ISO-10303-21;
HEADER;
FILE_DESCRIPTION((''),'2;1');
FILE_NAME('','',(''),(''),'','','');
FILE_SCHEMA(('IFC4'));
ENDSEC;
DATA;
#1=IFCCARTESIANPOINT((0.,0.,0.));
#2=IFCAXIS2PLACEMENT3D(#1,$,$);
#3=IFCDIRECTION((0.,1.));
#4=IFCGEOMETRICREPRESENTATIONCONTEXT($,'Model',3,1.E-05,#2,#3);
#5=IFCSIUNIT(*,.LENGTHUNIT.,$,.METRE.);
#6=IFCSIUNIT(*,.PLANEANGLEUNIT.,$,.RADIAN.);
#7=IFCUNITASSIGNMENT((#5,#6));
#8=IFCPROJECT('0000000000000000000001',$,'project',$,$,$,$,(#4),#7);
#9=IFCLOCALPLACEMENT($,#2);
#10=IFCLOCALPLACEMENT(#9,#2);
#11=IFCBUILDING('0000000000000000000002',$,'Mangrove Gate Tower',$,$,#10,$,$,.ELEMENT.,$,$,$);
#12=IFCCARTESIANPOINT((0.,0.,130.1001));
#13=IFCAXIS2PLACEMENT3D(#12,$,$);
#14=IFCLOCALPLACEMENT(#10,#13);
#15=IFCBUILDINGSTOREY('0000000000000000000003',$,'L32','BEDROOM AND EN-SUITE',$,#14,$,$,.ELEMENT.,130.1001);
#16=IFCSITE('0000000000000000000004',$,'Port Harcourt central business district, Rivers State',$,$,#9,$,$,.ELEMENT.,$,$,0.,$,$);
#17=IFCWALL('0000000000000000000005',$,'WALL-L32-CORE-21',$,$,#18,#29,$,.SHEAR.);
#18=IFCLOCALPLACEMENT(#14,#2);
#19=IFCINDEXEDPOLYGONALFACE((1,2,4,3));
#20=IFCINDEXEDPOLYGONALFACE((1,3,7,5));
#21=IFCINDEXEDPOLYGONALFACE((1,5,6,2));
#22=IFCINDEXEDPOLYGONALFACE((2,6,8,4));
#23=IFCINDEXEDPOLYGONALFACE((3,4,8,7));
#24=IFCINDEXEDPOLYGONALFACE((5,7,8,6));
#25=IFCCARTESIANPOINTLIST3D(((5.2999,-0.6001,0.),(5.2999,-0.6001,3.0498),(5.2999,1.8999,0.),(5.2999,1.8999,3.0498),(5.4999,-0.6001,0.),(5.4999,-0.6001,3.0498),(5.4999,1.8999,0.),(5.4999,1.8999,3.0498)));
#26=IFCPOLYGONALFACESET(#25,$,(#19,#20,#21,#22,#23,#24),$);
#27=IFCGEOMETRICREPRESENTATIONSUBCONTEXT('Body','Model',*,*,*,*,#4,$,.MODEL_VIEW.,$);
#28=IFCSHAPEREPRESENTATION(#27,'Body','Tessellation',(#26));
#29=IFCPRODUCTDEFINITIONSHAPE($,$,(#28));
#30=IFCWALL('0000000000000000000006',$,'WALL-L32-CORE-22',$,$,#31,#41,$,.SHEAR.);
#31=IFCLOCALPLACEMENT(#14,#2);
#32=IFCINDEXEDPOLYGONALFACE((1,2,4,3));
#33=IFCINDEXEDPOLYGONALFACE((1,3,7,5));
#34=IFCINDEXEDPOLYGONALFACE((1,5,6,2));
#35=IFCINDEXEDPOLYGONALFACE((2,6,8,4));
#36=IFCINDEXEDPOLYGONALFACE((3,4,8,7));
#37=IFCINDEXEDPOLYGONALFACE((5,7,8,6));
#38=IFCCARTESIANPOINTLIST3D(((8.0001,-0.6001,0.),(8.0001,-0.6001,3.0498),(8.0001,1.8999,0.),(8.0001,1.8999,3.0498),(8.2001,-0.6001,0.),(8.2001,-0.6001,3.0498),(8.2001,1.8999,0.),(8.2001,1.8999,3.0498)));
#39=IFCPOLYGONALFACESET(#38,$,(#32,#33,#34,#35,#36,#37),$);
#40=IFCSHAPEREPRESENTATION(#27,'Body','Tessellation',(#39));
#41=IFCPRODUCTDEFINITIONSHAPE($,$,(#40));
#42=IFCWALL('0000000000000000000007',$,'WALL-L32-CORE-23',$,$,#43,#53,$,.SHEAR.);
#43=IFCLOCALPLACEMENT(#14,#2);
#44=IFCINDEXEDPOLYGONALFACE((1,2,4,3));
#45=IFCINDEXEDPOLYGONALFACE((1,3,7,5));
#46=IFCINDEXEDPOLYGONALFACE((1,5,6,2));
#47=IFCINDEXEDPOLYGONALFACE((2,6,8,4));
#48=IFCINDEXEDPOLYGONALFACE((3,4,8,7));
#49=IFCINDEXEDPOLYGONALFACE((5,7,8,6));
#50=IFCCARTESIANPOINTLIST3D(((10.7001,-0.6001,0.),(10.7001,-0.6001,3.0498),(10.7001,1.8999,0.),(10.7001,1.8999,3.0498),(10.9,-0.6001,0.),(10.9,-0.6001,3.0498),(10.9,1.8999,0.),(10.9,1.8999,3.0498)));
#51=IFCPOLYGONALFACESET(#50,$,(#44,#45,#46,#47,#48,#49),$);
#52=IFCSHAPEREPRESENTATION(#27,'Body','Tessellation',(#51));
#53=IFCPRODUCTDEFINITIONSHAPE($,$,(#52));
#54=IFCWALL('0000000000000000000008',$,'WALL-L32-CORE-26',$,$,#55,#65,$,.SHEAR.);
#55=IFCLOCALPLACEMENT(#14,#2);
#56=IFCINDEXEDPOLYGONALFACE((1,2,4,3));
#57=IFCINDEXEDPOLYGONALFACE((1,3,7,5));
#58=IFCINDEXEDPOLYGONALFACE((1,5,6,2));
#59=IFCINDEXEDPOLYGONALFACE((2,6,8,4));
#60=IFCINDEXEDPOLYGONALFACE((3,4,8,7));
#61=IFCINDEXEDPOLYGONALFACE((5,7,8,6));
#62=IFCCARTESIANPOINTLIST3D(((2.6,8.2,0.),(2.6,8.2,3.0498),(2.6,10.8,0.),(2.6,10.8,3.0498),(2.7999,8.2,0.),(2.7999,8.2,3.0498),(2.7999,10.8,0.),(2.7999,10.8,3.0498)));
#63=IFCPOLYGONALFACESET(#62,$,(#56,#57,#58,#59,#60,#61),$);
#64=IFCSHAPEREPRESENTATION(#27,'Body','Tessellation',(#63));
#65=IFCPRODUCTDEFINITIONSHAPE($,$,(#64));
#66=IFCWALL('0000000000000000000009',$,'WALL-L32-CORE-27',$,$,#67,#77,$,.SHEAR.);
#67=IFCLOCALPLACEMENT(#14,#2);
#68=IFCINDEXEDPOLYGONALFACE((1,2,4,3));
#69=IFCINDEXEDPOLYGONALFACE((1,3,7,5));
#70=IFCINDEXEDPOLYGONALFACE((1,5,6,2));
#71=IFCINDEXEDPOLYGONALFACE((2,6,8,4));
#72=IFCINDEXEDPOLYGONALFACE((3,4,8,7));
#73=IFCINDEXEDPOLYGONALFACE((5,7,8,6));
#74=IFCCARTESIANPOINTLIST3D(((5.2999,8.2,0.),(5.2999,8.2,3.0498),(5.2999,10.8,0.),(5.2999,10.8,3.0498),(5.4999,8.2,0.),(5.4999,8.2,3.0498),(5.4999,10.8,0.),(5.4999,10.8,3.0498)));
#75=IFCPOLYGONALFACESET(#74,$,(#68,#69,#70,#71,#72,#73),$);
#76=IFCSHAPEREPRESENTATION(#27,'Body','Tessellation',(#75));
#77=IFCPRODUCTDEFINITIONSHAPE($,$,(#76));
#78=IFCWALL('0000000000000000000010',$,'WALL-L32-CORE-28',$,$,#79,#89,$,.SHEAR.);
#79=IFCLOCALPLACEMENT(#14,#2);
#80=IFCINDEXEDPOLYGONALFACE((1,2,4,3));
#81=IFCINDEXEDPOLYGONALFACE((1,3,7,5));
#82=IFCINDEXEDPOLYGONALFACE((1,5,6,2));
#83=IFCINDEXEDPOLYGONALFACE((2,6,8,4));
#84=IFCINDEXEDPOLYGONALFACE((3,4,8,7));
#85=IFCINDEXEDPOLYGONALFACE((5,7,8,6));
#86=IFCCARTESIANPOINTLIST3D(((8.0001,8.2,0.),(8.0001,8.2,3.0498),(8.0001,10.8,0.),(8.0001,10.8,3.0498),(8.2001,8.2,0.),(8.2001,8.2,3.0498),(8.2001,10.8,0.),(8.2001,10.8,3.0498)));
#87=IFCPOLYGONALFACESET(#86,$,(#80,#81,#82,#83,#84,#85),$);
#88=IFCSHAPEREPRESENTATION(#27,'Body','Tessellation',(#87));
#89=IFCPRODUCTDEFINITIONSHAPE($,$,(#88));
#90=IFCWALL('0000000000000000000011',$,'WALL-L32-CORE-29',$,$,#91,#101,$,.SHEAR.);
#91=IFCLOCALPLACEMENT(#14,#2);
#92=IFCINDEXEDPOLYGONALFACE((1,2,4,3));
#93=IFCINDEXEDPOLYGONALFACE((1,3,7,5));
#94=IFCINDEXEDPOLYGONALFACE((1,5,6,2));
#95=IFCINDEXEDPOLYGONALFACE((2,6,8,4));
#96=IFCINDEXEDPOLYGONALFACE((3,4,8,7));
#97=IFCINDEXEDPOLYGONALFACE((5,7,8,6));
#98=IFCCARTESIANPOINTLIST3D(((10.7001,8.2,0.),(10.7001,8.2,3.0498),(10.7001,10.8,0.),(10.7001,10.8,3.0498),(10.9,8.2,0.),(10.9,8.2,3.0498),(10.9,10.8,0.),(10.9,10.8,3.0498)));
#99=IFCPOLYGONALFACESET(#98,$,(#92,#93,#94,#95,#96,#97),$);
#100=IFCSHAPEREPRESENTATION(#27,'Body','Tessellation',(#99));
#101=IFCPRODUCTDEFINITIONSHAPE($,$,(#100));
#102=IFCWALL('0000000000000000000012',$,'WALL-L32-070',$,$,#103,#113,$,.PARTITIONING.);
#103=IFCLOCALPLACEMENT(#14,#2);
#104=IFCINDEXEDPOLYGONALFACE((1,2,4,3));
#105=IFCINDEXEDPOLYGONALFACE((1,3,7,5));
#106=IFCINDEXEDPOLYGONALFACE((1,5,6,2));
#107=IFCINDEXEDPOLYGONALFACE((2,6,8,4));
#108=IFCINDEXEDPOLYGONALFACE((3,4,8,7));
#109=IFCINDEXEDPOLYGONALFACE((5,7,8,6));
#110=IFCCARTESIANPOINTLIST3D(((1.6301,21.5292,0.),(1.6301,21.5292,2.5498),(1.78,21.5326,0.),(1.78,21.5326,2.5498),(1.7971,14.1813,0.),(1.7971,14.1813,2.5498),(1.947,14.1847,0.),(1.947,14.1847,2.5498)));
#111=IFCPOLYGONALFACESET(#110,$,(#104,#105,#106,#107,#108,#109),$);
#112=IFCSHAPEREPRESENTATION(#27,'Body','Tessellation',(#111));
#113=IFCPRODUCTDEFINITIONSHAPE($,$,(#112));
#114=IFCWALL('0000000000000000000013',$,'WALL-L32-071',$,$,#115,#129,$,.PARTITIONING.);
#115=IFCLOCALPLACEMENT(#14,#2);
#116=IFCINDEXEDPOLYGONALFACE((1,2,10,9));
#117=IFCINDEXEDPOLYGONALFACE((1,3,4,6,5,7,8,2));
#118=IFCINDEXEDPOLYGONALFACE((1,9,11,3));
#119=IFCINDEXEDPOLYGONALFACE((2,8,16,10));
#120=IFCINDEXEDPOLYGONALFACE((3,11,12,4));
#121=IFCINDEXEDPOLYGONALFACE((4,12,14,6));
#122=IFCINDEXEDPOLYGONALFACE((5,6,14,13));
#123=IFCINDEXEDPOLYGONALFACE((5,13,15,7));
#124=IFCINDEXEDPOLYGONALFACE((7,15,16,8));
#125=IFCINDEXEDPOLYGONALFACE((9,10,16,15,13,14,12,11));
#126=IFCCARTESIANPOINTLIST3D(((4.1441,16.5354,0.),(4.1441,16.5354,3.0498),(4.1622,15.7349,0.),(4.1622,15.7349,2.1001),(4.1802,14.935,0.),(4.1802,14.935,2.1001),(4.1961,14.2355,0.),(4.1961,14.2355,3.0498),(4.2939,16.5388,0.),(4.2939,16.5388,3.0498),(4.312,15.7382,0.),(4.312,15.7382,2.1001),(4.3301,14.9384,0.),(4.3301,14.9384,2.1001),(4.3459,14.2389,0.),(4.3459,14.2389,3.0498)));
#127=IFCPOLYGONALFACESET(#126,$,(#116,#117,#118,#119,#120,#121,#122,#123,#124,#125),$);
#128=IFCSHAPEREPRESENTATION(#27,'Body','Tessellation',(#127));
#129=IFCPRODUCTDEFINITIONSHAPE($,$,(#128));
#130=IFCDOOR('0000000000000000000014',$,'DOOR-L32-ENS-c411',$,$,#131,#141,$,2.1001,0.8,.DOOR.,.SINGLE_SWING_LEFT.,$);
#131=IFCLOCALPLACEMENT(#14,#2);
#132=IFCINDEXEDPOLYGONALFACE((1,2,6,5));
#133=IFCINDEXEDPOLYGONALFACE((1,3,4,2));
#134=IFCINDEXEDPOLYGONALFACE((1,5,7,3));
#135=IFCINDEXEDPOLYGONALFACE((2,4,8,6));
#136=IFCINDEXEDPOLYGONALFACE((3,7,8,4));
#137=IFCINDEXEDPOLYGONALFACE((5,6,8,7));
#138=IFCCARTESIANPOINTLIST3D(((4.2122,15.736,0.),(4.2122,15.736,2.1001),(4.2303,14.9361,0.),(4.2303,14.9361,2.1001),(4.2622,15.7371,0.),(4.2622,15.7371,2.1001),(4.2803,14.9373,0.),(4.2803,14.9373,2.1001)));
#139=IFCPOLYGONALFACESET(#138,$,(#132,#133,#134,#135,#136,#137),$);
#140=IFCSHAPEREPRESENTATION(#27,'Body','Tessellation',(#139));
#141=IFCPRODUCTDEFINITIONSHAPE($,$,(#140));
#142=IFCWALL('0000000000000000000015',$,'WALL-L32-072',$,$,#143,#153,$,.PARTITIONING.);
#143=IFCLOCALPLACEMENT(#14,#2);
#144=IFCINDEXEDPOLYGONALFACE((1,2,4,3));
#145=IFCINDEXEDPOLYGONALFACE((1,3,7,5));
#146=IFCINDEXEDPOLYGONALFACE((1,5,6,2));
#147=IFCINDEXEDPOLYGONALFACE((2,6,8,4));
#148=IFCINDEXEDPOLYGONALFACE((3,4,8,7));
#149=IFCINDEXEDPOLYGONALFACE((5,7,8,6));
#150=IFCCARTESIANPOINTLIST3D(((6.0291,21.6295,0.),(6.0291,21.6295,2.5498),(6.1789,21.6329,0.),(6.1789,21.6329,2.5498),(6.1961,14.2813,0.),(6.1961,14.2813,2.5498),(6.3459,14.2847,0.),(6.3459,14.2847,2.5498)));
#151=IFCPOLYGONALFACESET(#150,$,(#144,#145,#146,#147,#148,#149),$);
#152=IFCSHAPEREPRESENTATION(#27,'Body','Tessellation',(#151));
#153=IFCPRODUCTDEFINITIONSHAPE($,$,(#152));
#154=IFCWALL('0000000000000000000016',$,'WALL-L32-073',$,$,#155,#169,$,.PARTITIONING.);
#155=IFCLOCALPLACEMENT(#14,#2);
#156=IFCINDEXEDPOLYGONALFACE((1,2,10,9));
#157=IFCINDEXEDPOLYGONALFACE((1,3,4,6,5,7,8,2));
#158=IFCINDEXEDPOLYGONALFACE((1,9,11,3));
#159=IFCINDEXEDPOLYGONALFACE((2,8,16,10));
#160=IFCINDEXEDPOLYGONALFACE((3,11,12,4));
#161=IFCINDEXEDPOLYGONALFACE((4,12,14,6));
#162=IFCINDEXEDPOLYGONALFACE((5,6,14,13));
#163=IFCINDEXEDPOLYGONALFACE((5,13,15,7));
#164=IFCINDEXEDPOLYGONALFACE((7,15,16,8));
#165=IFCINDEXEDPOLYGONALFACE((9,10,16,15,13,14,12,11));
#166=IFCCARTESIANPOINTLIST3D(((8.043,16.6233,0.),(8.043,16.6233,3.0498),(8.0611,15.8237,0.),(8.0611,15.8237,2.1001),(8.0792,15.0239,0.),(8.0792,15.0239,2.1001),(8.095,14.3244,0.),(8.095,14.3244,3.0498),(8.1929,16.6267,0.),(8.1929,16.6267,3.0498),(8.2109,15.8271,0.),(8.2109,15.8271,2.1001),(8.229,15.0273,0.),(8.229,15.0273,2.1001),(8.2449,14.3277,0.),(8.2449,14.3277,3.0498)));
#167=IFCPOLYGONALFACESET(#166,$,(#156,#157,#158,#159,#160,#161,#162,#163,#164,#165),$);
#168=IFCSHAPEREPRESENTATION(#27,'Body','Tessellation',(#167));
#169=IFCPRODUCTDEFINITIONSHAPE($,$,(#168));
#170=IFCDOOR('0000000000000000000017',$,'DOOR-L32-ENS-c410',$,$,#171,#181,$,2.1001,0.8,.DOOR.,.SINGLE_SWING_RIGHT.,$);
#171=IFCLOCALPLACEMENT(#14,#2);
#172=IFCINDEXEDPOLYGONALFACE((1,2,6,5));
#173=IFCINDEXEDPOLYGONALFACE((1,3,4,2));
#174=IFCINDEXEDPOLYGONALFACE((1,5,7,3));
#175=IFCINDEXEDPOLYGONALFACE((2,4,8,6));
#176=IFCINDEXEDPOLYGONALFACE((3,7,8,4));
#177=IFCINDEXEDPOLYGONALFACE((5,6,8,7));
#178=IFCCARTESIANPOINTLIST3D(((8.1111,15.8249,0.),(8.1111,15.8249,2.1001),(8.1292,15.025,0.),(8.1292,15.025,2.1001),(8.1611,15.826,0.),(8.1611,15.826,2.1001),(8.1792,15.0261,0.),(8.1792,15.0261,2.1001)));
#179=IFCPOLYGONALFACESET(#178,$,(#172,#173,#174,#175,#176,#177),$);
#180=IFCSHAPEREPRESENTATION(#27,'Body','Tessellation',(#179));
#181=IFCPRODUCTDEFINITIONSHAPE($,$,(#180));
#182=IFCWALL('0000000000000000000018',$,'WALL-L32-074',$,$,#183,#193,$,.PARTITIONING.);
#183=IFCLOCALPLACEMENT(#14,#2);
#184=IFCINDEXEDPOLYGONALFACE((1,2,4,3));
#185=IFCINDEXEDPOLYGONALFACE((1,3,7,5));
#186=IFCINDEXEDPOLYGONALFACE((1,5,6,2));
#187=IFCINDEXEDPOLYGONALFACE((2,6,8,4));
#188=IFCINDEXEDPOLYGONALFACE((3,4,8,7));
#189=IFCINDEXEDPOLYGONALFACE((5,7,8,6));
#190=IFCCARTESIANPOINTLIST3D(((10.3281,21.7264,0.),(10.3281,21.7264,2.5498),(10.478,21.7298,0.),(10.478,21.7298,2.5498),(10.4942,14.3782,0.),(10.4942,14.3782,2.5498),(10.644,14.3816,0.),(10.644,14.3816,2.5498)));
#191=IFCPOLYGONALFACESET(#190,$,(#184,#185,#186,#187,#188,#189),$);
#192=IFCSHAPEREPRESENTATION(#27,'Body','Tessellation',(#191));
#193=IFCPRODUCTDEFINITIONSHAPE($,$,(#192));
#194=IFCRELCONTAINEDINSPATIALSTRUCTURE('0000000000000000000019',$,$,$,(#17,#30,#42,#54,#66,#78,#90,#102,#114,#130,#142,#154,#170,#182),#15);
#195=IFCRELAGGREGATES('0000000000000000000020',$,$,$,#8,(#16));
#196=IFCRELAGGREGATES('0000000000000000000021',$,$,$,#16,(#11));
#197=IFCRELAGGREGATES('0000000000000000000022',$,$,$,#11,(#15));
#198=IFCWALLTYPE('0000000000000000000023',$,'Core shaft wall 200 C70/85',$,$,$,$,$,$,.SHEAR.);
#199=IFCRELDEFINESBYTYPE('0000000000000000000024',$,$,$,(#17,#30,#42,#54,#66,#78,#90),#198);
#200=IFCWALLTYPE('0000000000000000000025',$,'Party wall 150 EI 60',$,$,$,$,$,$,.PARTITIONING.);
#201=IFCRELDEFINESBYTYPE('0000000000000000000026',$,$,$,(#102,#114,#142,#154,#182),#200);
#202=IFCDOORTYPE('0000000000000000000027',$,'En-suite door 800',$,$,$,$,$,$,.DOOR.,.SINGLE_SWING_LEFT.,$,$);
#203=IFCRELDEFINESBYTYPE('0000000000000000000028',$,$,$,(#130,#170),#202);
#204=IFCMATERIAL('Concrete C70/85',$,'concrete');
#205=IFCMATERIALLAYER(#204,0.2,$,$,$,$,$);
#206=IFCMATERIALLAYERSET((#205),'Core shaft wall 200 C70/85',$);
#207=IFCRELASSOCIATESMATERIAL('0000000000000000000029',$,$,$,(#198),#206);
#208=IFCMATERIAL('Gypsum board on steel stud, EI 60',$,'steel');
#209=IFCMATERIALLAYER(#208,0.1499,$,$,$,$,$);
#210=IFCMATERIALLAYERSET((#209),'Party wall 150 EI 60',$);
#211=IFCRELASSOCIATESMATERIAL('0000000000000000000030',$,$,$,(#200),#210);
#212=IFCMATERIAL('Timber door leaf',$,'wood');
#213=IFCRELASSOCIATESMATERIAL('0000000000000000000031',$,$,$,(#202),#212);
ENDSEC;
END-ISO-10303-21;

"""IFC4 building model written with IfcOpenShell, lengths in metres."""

from ifc_helpers import new_model, si_unit, direction, frame, frame_2d, origin, place, context, subcontext, project, spatial, rectangle, extrude, material, layer, layer_set, type_object, element, fill, save


model = new_model("IFC4")

# Units and contexts
model_context = context("Model", 3, precision=1e-05, world=origin(), true_north=direction((0.0, 1.0)))
body_context = subcontext(model_context, "Body", "Model", "MODEL_VIEW")
ifc_project = project(units=[si_unit("LENGTHUNIT", "METRE"), si_unit("PLANEANGLEUNIT", "RADIAN")], contexts=[model_context])

# Site, building, storey
site_placement = place(None, origin())
site = spatial("IfcSite", under=ifc_project, at=site_placement, Name="Port Harcourt central business district, Rivers State", CompositionType="ELEMENT", RefElevation=0.0)
building_placement = place(site_placement, origin())
building = spatial("IfcBuilding", under=site, at=building_placement, Name="Mangrove Gate Tower", CompositionType="ELEMENT")
storey_placement = place(building_placement, frame((0.0, 0.0, 130.1001)))
storey = spatial("IfcBuildingStorey", under=building, at=storey_placement, Name="L32", Description="BEDROOM AND EN-SUITE", CompositionType="ELEMENT", Elevation=130.1001)

# Walls
ifc_material_1 = material(Name="Concrete C70/85", Category="concrete")
ifc_layer_1 = layer(ifc_material_1, 0.2)
ifc_layer_set_1 = layer_set([ifc_layer_1], Name="Core shaft wall 200 C70/85")
wall_type_1 = type_object("IfcWallType", Name="Core shaft wall 200 C70/85", PredefinedType="SHEAR", material=ifc_layer_set_1)
for number, where, z_axis, x_axis, name in (
    (1, (5.3999, -0.6001, 0.0), (0.0, 0.0, 1.0), (0.0, 1.0, 0.0), "WALL-L32-CORE-21"),
    (2, (8.1001, -0.6001, 0.0), (0.0, 0.0, 1.0), (0.0, 1.0, 0.0), "WALL-L32-CORE-22"),
    (3, (10.8, -0.6001, 0.0), (0.0, 0.0, 1.0), (0.0, 1.0, 0.0), "WALL-L32-CORE-23"),
):
    element("IfcWall", number, at=place(storey_placement, frame(where, z_axis=z_axis, x_axis=x_axis)), inside=storey, type_object=wall_type_1, Name=name, PredefinedType="SHEAR", context=body_context, shape_type="SweptSolid", body=[
        extrude(rectangle(XDim=2.5, YDim=0.2, at=frame_2d((1.25, 0.0))), origin(), (0.0, 0.0, 1.0), 3.0498),
    ])
for number, where, z_axis, x_axis, name in (
    (4, (2.7, 8.2, 0.0), (0.0, 0.0, 1.0), (0.0, 1.0, 0.0), "WALL-L32-CORE-26"),
    (5, (5.3999, 8.2, 0.0), (0.0, 0.0, 1.0), (0.0, 1.0, 0.0), "WALL-L32-CORE-27"),
    (6, (8.1001, 8.2, 0.0), (0.0, 0.0, 1.0), (0.0, 1.0, 0.0), "WALL-L32-CORE-28"),
    (7, (10.8, 8.2, 0.0), (0.0, 0.0, 1.0), (0.0, 1.0, 0.0), "WALL-L32-CORE-29"),
):
    element("IfcWall", number, at=place(storey_placement, frame(where, z_axis=z_axis, x_axis=x_axis)), inside=storey, type_object=wall_type_1, Name=name, PredefinedType="SHEAR", context=body_context, shape_type="SweptSolid", body=[
        extrude(rectangle(XDim=2.6001, YDim=0.2, at=frame_2d((1.3, 0.0))), origin(), (0.0, 0.0, 1.0), 3.0498),
    ])
ifc_material_2 = material(Name="Gypsum board on steel stud, EI 60", Category="steel")
ifc_layer_2 = layer(ifc_material_2, 0.1499)
ifc_layer_set_2 = layer_set([ifc_layer_2], Name="Party wall 150 EI 60")
wall_type_2 = type_object("IfcWallType", Name="Party wall 150 EI 60", PredefinedType="PARTITIONING", material=ifc_layer_set_2)
wall_1_placement = place(storey_placement, frame((1.8721, 14.1831, 0.0), z_axis=(0.0, 0.0, 1.0), x_axis=(-0.022721, 0.999742, 0.0)))
element("IfcWall", 8, at=wall_1_placement, inside=storey, type_object=wall_type_2, Name="WALL-L32-070", PredefinedType="PARTITIONING", context=body_context, shape_type="SweptSolid", body=[
    extrude(rectangle(XDim=7.3499, YDim=0.1499, at=frame_2d((3.6748, 0.0))), origin(), (0.0, 0.0, 1.0), 2.5498),
])

# Wall, opening, door
wall_2_placement = place(storey_placement, frame((4.271, 14.2371, 0.0), z_axis=(0.0, 0.0, 1.0), x_axis=(-0.022603, 0.999745, 0.0)))
wall_2 = element("IfcWall", 9, at=wall_2_placement, inside=storey, type_object=wall_type_2, Name="WALL-L32-071", PredefinedType="PARTITIONING", context=body_context, shape_type="SweptSolid", body=[
    extrude(rectangle(XDim=2.3005, YDim=0.1499, at=frame_2d((1.1504, 0.0))), origin(), (0.0, 0.0, 1.0), 3.0498),
])
opening_1_placement = place(wall_2_placement, frame((0.7, 0.0, 0.0)))
opening_1 = element("IfcOpeningElement", 10, at=opening_1_placement, cuts=wall_2, PredefinedType="OPENING", context=body_context, shape_type="SweptSolid", body=[
    extrude(rectangle(XDim=0.8, YDim=2.1001, at=frame_2d((0.3999, 1.05))), frame((0.0, 0.085, 0.0), z_axis=(0.0, -1.0, 0.0), x_axis=(1.0, 0.0, 0.0)), (0.0, 0.0, 1.0), 0.1699),
])
ifc_material_3 = material(Name="Timber door leaf", Category="wood")
door_type = type_object("IfcDoorType", Name="En-suite door 800", OperationType="SINGLE_SWING_LEFT", PredefinedType="DOOR", material=ifc_material_3)
door_1_placement = place(opening_1_placement, origin())
door_1 = element("IfcDoor", 11, at=door_1_placement, inside=storey, type_object=door_type, Name="DOOR-L32-ENS-c411", OperationType="SINGLE_SWING_LEFT", OverallHeight=2.1001, OverallWidth=0.8, PredefinedType="DOOR", context=body_context, shape_type="SweptSolid", body=[
    extrude(rectangle(XDim=0.8, YDim=2.1001, at=frame_2d((0.3999, 1.05))), frame((0.0, 0.0249, 0.0), z_axis=(0.0, -1.0, 0.0), x_axis=(1.0, 0.0, 0.0)), (0.0, 0.0, 1.0), 0.05),
])
fill(opening_1, door_1)

# Wall
wall_3_placement = place(storey_placement, frame((6.271, 14.283, 0.0), z_axis=(0.0, 0.0, 1.0), x_axis=(-0.02272, 0.999742, 0.0)))
element("IfcWall", 12, at=wall_3_placement, inside=storey, type_object=wall_type_2, Name="WALL-L32-072", PredefinedType="PARTITIONING", context=body_context, shape_type="SweptSolid", body=[
    extrude(rectangle(XDim=7.3501, YDim=0.1499, at=frame_2d((3.675, 0.0))), origin(), (0.0, 0.0, 1.0), 2.5498),
])

# Wall, opening, door
wall_4_placement = place(storey_placement, frame((8.1699, 14.3259, 0.0), z_axis=(0.0, 0.0, 1.0), x_axis=(-0.022613, 0.999744, 0.0)))
wall_4 = element("IfcWall", 13, at=wall_4_placement, inside=storey, type_object=wall_type_2, Name="WALL-L32-073", PredefinedType="PARTITIONING", context=body_context, shape_type="SweptSolid", body=[
    extrude(rectangle(XDim=2.2996, YDim=0.1499, at=frame_2d((1.1499, 0.0))), origin(), (0.0, 0.0, 1.0), 3.0498),
])
opening_2_placement = place(wall_4_placement, frame((0.7, 0.0, 0.0)))
opening_2 = element("IfcOpeningElement", 14, at=opening_2_placement, cuts=wall_4, PredefinedType="OPENING", context=body_context, shape_type="SweptSolid", body=[
    extrude(rectangle(XDim=0.8, YDim=2.1001, at=frame_2d((0.3999, 1.05))), frame((0.0, 0.085, 0.0), z_axis=(0.0, -1.0, 0.0), x_axis=(1.0, 0.0, 0.0)), (0.0, 0.0, 1.0), 0.1699),
])
door_2_placement = place(opening_2_placement, origin())
door_2 = element("IfcDoor", 15, at=door_2_placement, inside=storey, type_object=door_type, Name="DOOR-L32-ENS-c410", OperationType="SINGLE_SWING_RIGHT", OverallHeight=2.1001, OverallWidth=0.8, PredefinedType="DOOR", context=body_context, shape_type="SweptSolid", body=[
    extrude(rectangle(XDim=0.8, YDim=2.1001, at=frame_2d((0.3999, 1.05))), frame((0.0, 0.0249, 0.0), z_axis=(0.0, -1.0, 0.0), x_axis=(1.0, 0.0, 0.0)), (0.0, 0.0, 1.0), 0.05),
])
fill(opening_2, door_2)

# Wall
wall_5_placement = place(storey_placement, frame((10.5691, 14.3799, 0.0), z_axis=(0.0, 0.0, 1.0), x_axis=(-0.022587, 0.999745, 0.0)))
element("IfcWall", 16, at=wall_5_placement, inside=storey, type_object=wall_type_2, Name="WALL-L32-074", PredefinedType="PARTITIONING", context=body_context, shape_type="SweptSolid", body=[
    extrude(rectangle(XDim=7.3501, YDim=0.1499, at=frame_2d((3.675, 0.0))), origin(), (0.0, 0.0, 1.0), 2.5498),
])

save(model, "model.ifc")
